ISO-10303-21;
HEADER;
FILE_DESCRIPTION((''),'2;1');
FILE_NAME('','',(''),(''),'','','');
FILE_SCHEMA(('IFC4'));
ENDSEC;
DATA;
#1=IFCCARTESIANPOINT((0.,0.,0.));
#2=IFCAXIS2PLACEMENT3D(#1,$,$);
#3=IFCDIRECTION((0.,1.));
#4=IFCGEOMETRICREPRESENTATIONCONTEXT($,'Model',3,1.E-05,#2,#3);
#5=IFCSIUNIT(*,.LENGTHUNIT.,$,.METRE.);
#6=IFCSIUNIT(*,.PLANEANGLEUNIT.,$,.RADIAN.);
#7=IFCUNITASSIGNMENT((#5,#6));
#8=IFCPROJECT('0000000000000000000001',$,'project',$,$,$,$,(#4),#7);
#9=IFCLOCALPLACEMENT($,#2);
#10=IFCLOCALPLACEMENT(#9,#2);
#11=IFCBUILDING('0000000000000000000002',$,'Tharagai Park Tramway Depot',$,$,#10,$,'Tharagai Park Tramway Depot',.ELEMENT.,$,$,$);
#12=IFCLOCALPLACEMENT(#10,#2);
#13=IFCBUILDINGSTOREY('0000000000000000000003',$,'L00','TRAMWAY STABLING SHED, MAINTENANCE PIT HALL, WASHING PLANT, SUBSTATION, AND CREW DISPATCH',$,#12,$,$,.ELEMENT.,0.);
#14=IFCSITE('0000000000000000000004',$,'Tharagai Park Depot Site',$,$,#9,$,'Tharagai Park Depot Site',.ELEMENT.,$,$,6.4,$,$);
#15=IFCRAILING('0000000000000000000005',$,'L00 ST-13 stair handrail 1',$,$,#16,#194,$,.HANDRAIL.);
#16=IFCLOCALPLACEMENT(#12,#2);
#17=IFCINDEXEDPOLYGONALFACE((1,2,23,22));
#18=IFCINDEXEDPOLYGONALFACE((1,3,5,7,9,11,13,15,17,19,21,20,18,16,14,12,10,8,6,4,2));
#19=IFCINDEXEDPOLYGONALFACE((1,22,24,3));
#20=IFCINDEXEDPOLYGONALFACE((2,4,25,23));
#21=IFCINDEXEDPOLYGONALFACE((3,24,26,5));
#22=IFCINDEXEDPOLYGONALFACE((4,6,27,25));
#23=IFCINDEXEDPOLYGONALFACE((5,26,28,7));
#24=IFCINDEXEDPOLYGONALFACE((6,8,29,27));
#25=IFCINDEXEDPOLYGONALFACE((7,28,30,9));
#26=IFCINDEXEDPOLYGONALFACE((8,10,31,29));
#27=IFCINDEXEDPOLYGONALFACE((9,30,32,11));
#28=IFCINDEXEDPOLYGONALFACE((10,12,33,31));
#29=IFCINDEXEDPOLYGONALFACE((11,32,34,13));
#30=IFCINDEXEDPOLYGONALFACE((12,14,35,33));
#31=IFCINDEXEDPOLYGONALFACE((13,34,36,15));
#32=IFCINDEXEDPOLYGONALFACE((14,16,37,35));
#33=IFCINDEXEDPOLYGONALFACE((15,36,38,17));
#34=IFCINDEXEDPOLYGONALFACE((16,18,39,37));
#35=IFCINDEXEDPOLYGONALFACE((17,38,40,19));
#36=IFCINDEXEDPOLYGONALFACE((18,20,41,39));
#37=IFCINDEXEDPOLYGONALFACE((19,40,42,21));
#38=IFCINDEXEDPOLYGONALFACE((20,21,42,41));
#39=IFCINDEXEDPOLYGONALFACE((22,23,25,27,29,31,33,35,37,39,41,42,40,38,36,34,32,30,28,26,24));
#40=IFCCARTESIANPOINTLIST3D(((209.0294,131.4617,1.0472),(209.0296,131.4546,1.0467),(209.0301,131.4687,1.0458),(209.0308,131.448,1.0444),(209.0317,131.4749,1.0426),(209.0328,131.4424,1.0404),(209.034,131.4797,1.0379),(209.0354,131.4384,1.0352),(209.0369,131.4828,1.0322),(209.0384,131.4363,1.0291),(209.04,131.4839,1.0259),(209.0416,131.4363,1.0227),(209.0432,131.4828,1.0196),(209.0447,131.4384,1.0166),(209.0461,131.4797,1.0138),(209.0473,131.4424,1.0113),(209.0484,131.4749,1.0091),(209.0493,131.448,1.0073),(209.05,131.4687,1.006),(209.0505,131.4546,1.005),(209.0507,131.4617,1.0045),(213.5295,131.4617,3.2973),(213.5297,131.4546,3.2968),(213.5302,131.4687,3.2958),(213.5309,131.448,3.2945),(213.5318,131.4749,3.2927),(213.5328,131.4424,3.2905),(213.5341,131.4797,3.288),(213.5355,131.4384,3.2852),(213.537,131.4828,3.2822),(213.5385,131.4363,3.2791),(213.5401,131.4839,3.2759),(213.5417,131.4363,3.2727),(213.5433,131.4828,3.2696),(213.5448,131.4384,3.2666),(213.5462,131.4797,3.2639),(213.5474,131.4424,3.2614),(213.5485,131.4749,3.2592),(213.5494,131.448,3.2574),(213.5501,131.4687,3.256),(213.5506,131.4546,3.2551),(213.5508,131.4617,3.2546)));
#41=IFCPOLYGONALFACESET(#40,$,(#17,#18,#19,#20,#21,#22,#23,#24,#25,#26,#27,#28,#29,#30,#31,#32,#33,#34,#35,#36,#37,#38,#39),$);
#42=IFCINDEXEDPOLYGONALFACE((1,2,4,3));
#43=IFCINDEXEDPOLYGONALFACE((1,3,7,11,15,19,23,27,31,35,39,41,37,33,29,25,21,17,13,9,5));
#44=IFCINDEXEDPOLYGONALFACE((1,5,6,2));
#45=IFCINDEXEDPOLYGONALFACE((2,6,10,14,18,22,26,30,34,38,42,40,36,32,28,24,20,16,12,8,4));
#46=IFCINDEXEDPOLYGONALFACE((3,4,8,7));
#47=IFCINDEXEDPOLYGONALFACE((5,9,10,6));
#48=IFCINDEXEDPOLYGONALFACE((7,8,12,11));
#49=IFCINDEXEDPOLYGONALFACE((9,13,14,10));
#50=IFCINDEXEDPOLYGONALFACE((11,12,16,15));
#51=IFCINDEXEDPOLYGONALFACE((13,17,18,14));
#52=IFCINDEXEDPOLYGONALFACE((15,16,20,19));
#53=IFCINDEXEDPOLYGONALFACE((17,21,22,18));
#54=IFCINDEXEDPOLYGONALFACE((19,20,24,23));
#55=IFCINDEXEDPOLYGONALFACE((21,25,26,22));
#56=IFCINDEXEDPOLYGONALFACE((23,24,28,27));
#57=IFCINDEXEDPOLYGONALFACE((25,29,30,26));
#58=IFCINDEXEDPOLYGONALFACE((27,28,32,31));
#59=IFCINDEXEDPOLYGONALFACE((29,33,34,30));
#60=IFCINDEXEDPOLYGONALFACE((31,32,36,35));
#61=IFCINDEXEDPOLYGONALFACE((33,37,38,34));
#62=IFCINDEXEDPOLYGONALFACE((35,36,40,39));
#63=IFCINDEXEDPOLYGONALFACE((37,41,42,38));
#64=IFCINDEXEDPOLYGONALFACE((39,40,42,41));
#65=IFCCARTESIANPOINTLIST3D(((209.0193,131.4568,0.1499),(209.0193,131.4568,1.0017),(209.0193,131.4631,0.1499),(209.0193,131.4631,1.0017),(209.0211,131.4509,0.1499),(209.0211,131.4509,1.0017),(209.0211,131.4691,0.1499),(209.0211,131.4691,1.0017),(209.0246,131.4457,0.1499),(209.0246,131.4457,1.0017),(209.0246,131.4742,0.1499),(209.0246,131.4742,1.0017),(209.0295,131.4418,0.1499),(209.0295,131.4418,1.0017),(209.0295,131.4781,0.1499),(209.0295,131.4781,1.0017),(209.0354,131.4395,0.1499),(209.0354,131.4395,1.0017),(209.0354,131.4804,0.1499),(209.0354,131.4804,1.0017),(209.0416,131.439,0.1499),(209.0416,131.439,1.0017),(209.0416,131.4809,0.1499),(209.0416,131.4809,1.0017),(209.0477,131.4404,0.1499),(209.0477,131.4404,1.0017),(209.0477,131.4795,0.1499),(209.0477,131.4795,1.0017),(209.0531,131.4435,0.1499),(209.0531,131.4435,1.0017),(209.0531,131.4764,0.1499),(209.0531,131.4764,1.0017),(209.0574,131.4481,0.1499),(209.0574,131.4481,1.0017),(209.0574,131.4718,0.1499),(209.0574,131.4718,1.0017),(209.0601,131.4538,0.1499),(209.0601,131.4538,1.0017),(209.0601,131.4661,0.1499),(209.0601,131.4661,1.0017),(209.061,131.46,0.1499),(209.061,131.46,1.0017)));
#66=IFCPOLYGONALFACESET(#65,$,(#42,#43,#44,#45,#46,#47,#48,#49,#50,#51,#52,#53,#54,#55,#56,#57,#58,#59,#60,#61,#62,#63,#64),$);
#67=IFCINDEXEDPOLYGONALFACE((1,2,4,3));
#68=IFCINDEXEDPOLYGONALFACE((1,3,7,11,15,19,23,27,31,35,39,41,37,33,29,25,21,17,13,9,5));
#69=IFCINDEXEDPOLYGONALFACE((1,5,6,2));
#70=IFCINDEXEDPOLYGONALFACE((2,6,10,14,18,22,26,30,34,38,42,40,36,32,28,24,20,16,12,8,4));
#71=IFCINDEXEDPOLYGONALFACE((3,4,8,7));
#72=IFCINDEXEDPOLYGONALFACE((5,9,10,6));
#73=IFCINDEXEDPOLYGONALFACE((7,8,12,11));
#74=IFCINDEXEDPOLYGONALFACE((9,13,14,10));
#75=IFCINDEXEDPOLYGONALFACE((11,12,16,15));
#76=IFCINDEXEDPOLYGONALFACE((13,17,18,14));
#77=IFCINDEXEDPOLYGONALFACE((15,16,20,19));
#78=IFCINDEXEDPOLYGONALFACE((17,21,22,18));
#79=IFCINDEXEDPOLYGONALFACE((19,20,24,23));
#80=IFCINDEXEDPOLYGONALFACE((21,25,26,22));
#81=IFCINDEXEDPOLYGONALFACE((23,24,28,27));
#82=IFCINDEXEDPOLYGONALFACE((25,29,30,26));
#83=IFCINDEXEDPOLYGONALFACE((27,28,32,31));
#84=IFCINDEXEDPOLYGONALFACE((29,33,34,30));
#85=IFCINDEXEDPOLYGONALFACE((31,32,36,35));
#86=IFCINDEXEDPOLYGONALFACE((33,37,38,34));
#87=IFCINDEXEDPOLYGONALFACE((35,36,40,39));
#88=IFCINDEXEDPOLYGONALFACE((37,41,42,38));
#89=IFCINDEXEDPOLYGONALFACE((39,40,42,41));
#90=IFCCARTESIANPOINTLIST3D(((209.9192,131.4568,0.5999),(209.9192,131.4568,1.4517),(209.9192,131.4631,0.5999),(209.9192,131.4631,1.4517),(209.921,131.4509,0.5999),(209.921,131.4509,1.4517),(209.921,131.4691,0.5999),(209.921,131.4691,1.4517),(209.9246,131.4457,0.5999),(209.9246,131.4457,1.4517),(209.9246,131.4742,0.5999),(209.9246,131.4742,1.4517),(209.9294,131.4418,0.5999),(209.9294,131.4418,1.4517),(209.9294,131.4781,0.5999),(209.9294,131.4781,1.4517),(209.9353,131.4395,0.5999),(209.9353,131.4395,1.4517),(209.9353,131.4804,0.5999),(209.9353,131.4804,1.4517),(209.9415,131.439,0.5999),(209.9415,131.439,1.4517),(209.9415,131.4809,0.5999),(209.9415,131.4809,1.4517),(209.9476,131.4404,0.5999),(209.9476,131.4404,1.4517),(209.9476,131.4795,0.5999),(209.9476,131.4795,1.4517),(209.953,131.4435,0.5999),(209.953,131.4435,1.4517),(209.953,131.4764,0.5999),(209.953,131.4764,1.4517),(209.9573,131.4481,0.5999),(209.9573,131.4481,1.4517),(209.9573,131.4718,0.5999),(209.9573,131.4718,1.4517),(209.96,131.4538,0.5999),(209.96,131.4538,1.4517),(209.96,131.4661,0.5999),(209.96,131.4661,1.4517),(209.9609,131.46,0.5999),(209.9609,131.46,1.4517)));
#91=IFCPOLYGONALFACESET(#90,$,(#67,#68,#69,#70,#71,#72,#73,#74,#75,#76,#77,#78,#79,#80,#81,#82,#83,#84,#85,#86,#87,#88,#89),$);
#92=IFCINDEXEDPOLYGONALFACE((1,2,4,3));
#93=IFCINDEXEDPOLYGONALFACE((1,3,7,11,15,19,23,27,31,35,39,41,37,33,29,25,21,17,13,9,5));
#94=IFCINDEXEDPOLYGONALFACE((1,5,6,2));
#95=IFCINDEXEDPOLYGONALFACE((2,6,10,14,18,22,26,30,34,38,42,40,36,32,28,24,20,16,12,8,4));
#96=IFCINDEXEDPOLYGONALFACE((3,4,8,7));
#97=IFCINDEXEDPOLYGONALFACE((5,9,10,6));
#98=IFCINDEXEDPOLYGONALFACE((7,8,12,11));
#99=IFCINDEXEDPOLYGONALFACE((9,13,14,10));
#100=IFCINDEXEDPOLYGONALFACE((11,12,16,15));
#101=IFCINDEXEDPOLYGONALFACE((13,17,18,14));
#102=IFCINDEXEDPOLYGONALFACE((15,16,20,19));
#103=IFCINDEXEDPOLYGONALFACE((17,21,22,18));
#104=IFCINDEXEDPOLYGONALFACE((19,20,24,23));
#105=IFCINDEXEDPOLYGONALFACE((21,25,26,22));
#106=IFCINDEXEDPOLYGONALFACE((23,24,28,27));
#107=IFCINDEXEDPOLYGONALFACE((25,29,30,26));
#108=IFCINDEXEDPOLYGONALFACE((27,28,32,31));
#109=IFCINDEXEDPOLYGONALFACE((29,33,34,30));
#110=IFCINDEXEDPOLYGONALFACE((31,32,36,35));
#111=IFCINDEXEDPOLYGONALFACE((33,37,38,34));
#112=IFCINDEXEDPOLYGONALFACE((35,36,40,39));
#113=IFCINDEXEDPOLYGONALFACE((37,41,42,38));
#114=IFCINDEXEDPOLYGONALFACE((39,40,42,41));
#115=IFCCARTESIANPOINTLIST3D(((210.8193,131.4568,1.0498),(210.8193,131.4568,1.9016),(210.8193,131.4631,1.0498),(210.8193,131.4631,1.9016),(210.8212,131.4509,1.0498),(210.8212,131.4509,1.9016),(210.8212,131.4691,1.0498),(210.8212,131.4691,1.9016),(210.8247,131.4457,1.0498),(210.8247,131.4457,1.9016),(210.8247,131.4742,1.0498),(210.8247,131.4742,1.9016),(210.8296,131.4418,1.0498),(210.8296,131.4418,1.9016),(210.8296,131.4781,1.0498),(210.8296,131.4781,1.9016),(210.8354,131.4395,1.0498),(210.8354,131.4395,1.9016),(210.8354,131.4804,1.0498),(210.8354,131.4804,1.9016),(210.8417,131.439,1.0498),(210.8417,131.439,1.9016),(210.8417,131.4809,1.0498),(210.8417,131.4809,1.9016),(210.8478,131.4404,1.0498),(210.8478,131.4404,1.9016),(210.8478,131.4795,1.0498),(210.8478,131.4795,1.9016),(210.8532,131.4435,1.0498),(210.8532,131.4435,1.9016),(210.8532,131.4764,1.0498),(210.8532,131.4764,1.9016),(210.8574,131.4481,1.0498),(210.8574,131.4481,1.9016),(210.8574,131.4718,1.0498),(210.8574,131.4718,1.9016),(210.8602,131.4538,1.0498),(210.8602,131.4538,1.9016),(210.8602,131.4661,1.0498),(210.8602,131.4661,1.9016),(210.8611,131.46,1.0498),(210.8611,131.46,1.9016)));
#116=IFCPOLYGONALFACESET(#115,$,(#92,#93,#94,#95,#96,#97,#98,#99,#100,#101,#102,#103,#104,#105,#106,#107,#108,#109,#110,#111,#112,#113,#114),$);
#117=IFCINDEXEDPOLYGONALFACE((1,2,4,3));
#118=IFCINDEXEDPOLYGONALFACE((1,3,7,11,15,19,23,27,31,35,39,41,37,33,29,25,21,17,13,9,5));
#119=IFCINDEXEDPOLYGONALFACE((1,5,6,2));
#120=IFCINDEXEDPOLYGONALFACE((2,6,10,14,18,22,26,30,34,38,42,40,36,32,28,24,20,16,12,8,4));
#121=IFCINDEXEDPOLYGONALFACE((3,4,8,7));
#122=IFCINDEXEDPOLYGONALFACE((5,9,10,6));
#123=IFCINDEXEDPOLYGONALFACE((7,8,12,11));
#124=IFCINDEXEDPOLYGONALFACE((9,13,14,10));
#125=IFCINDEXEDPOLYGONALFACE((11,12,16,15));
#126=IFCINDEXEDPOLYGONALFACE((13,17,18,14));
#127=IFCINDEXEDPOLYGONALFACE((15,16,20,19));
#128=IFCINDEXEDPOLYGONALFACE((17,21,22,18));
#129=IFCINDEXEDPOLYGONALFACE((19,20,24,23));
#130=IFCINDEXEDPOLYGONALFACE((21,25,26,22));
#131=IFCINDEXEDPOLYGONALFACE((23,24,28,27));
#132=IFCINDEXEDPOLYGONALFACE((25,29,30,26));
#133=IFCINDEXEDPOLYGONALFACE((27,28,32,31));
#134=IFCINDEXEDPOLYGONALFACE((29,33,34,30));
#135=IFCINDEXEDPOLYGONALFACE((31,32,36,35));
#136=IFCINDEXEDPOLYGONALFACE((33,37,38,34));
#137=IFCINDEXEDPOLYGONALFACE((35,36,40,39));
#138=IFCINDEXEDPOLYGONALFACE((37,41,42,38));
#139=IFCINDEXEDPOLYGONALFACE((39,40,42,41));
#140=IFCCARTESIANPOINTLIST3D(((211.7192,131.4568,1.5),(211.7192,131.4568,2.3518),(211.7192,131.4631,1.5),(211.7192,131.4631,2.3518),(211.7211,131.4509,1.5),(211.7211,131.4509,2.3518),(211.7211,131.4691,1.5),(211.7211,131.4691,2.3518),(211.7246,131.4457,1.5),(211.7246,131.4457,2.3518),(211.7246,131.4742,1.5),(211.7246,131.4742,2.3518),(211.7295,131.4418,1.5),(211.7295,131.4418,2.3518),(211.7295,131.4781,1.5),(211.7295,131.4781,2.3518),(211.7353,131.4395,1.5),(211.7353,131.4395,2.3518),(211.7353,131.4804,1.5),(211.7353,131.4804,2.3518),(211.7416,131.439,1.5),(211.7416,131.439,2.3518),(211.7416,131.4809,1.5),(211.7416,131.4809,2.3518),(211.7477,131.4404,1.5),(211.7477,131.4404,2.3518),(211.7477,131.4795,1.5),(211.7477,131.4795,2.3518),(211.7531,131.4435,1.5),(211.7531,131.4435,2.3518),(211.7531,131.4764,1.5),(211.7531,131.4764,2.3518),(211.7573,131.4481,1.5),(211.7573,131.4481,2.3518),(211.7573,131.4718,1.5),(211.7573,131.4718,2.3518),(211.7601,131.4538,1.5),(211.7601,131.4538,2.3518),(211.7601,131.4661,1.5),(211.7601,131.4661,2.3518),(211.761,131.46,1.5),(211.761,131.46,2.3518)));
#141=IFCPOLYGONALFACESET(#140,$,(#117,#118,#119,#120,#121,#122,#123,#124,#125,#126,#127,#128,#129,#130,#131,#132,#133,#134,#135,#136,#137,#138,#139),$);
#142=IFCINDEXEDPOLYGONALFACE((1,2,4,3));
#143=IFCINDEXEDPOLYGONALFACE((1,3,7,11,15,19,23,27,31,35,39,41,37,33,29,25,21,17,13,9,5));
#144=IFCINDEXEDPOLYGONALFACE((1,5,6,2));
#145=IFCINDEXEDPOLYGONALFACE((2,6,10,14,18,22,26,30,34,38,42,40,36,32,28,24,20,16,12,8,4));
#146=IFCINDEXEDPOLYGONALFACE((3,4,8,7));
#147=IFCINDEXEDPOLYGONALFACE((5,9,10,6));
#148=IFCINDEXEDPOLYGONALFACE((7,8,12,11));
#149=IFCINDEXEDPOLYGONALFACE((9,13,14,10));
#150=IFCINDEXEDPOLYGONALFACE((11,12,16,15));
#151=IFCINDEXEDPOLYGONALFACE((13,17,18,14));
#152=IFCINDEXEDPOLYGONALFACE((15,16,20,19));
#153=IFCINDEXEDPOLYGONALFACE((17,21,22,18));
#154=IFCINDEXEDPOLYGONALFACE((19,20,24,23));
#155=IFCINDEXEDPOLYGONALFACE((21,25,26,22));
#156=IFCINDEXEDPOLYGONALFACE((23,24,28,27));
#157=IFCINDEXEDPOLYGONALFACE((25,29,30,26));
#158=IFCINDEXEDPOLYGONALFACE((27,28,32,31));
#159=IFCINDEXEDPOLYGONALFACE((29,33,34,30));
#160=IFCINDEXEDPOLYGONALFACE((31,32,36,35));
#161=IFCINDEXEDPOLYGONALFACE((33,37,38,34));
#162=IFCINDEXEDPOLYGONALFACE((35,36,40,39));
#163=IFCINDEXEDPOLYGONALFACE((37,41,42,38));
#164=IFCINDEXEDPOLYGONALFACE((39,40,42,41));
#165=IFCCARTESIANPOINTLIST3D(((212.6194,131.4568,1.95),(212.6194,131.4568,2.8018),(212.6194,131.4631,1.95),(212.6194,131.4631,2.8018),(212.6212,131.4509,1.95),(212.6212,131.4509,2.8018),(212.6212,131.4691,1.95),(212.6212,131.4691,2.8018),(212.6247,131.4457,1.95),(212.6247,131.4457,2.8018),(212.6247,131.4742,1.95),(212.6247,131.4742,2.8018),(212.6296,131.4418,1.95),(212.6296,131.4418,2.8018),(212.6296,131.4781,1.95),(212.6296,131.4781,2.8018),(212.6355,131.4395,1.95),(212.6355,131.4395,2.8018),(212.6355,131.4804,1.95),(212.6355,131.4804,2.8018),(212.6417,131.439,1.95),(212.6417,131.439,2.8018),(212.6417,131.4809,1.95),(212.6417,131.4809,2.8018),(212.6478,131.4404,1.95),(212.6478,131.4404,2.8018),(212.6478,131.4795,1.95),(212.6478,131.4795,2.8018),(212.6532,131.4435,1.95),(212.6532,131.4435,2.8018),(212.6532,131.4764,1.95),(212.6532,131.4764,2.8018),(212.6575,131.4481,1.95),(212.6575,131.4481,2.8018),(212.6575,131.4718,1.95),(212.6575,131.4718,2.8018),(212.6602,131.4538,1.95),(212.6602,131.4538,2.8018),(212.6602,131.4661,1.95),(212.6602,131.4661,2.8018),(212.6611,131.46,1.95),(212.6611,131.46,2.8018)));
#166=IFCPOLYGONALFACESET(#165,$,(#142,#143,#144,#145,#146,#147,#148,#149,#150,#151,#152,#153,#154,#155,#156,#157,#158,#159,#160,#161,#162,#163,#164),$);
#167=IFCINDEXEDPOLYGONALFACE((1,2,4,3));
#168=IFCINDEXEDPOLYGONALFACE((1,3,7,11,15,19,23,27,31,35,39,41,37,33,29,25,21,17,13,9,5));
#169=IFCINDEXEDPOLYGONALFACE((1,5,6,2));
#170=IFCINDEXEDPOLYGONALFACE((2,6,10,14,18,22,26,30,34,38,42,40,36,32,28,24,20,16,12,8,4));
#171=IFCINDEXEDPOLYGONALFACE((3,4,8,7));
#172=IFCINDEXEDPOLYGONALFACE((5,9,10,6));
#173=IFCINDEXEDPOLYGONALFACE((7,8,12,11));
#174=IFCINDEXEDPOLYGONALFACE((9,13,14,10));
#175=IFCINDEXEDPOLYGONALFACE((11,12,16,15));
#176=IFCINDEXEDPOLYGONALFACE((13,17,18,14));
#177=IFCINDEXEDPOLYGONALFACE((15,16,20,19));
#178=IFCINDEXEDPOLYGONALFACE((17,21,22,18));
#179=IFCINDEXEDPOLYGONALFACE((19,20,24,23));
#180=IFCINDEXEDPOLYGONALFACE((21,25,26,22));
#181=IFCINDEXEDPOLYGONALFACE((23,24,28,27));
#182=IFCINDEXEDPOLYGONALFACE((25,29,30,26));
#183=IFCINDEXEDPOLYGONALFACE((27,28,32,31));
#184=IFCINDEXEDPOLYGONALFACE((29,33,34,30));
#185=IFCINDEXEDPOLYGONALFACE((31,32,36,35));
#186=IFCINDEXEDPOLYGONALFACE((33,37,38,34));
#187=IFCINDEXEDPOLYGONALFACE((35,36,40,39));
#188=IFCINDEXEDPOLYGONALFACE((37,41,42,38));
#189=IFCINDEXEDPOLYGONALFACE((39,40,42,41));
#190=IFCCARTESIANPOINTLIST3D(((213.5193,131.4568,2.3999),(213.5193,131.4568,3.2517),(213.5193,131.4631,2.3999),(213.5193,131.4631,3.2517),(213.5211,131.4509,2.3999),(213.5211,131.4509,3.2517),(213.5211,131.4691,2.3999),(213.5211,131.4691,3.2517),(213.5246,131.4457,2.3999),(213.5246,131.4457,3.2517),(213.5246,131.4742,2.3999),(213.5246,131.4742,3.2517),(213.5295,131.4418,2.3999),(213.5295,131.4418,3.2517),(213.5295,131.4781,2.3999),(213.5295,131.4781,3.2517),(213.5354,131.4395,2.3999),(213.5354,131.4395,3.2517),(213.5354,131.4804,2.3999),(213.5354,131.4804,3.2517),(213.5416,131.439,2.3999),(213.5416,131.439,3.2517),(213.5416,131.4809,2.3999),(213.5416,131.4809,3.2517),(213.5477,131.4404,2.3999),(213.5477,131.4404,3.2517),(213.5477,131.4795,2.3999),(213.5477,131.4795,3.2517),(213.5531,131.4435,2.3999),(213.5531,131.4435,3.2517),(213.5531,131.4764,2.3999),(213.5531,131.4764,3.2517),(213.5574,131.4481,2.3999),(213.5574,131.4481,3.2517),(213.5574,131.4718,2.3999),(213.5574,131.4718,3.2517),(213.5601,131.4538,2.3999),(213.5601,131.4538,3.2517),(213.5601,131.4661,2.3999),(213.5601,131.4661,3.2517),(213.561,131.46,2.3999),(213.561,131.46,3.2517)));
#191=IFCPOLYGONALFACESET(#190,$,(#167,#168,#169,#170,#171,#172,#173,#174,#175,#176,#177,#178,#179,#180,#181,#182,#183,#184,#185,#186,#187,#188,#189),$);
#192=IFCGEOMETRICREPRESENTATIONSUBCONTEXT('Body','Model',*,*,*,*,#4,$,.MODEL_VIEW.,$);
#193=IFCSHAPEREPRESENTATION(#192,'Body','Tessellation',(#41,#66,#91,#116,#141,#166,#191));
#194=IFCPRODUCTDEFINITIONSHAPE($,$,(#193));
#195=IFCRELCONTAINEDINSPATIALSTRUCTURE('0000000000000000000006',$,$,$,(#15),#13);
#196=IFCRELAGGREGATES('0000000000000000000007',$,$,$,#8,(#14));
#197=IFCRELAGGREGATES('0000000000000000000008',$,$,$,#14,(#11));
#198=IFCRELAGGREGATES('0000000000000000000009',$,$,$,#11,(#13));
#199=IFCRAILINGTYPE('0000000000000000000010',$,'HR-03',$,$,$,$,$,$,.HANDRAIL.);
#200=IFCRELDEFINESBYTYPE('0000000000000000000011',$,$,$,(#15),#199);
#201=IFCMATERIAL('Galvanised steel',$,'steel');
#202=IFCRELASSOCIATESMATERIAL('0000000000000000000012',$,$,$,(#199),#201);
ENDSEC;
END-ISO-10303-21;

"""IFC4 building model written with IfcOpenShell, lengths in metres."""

from ifc_helpers import new_model, si_unit, direction, frame, origin, origin_2d, place, context, subcontext, project, spatial, circle, extrude, material, type_object, element, save


model = new_model("IFC4")

# Units and contexts
model_context = context("Model", 3, precision=1e-05, world=origin(), true_north=direction((0.0, 1.0)))
body_context = subcontext(model_context, "Body", "Model", "MODEL_VIEW")
ifc_project = project(units=[si_unit("LENGTHUNIT", "METRE"), si_unit("PLANEANGLEUNIT", "RADIAN")], contexts=[model_context])

# Site, building, storey
site_placement = place(None, origin())
site = spatial("IfcSite", under=ifc_project, at=site_placement, Name="Tharagai Park Depot Site", LongName="Tharagai Park Depot Site", CompositionType="ELEMENT", RefElevation=6.4)
building_placement = place(site_placement, origin())
building = spatial("IfcBuilding", under=site, at=building_placement, Name="Tharagai Park Tramway Depot", LongName="Tharagai Park Tramway Depot", CompositionType="ELEMENT")
storey_placement = place(building_placement, origin())
storey = spatial("IfcBuildingStorey", under=building, at=storey_placement, Name="L00", Description="TRAMWAY STABLING SHED, MAINTENANCE PIT HALL, WASHING PLANT, SUBSTATION, AND CREW DISPATCH", CompositionType="ELEMENT", Elevation=0.0)

# Shared definitions
ifc_material_1 = material(Name="Galvanised steel", Category="steel")

# Railing
railing_type_1 = type_object("IfcRailingType", Name="HR-03", PredefinedType="HANDRAIL", material=ifc_material_1)
railing_1_placement = place(storey_placement, frame((209.04, 131.46, 0.1499)))
element("IfcRailing", 1, at=railing_1_placement, inside=storey, type_object=railing_type_1, Name="L00 ST-13 stair handrail 1", PredefinedType="HANDRAIL", context=body_context, shape_type="SweptSolid", body=[
    extrude(circle(Radius=0.0239, at=origin_2d()), frame((0.0, 0.0, 0.876), z_axis=(0.894427, 0.0, 0.447214), x_axis=(0.0, 1.0, 0.0)), (0.0, 0.0, 1.0), 5.0312),
    extrude(circle(Radius=0.021, at=origin_2d()), origin(), (0.0, 0.0, 1.0), 0.8518),
    extrude(circle(Radius=0.021, at=origin_2d()), frame((0.8999, 0.0, 0.45)), (0.0, 0.0, 1.0), 0.8518),
    extrude(circle(Radius=0.021, at=origin_2d()), frame((1.8, 0.0, 0.8999)), (0.0, 0.0, 1.0), 0.8518),
    extrude(circle(Radius=0.021, at=origin_2d()), frame((2.7, 0.0, 1.3501)), (0.0, 0.0, 1.0), 0.8518),
    extrude(circle(Radius=0.021, at=origin_2d()), frame((3.6001, 0.0, 1.8)), (0.0, 0.0, 1.0), 0.8518),
    extrude(circle(Radius=0.021, at=origin_2d()), frame((4.5, 0.0, 2.25)), (0.0, 0.0, 1.0), 0.8518),
])

save(model, "model.ifc")
